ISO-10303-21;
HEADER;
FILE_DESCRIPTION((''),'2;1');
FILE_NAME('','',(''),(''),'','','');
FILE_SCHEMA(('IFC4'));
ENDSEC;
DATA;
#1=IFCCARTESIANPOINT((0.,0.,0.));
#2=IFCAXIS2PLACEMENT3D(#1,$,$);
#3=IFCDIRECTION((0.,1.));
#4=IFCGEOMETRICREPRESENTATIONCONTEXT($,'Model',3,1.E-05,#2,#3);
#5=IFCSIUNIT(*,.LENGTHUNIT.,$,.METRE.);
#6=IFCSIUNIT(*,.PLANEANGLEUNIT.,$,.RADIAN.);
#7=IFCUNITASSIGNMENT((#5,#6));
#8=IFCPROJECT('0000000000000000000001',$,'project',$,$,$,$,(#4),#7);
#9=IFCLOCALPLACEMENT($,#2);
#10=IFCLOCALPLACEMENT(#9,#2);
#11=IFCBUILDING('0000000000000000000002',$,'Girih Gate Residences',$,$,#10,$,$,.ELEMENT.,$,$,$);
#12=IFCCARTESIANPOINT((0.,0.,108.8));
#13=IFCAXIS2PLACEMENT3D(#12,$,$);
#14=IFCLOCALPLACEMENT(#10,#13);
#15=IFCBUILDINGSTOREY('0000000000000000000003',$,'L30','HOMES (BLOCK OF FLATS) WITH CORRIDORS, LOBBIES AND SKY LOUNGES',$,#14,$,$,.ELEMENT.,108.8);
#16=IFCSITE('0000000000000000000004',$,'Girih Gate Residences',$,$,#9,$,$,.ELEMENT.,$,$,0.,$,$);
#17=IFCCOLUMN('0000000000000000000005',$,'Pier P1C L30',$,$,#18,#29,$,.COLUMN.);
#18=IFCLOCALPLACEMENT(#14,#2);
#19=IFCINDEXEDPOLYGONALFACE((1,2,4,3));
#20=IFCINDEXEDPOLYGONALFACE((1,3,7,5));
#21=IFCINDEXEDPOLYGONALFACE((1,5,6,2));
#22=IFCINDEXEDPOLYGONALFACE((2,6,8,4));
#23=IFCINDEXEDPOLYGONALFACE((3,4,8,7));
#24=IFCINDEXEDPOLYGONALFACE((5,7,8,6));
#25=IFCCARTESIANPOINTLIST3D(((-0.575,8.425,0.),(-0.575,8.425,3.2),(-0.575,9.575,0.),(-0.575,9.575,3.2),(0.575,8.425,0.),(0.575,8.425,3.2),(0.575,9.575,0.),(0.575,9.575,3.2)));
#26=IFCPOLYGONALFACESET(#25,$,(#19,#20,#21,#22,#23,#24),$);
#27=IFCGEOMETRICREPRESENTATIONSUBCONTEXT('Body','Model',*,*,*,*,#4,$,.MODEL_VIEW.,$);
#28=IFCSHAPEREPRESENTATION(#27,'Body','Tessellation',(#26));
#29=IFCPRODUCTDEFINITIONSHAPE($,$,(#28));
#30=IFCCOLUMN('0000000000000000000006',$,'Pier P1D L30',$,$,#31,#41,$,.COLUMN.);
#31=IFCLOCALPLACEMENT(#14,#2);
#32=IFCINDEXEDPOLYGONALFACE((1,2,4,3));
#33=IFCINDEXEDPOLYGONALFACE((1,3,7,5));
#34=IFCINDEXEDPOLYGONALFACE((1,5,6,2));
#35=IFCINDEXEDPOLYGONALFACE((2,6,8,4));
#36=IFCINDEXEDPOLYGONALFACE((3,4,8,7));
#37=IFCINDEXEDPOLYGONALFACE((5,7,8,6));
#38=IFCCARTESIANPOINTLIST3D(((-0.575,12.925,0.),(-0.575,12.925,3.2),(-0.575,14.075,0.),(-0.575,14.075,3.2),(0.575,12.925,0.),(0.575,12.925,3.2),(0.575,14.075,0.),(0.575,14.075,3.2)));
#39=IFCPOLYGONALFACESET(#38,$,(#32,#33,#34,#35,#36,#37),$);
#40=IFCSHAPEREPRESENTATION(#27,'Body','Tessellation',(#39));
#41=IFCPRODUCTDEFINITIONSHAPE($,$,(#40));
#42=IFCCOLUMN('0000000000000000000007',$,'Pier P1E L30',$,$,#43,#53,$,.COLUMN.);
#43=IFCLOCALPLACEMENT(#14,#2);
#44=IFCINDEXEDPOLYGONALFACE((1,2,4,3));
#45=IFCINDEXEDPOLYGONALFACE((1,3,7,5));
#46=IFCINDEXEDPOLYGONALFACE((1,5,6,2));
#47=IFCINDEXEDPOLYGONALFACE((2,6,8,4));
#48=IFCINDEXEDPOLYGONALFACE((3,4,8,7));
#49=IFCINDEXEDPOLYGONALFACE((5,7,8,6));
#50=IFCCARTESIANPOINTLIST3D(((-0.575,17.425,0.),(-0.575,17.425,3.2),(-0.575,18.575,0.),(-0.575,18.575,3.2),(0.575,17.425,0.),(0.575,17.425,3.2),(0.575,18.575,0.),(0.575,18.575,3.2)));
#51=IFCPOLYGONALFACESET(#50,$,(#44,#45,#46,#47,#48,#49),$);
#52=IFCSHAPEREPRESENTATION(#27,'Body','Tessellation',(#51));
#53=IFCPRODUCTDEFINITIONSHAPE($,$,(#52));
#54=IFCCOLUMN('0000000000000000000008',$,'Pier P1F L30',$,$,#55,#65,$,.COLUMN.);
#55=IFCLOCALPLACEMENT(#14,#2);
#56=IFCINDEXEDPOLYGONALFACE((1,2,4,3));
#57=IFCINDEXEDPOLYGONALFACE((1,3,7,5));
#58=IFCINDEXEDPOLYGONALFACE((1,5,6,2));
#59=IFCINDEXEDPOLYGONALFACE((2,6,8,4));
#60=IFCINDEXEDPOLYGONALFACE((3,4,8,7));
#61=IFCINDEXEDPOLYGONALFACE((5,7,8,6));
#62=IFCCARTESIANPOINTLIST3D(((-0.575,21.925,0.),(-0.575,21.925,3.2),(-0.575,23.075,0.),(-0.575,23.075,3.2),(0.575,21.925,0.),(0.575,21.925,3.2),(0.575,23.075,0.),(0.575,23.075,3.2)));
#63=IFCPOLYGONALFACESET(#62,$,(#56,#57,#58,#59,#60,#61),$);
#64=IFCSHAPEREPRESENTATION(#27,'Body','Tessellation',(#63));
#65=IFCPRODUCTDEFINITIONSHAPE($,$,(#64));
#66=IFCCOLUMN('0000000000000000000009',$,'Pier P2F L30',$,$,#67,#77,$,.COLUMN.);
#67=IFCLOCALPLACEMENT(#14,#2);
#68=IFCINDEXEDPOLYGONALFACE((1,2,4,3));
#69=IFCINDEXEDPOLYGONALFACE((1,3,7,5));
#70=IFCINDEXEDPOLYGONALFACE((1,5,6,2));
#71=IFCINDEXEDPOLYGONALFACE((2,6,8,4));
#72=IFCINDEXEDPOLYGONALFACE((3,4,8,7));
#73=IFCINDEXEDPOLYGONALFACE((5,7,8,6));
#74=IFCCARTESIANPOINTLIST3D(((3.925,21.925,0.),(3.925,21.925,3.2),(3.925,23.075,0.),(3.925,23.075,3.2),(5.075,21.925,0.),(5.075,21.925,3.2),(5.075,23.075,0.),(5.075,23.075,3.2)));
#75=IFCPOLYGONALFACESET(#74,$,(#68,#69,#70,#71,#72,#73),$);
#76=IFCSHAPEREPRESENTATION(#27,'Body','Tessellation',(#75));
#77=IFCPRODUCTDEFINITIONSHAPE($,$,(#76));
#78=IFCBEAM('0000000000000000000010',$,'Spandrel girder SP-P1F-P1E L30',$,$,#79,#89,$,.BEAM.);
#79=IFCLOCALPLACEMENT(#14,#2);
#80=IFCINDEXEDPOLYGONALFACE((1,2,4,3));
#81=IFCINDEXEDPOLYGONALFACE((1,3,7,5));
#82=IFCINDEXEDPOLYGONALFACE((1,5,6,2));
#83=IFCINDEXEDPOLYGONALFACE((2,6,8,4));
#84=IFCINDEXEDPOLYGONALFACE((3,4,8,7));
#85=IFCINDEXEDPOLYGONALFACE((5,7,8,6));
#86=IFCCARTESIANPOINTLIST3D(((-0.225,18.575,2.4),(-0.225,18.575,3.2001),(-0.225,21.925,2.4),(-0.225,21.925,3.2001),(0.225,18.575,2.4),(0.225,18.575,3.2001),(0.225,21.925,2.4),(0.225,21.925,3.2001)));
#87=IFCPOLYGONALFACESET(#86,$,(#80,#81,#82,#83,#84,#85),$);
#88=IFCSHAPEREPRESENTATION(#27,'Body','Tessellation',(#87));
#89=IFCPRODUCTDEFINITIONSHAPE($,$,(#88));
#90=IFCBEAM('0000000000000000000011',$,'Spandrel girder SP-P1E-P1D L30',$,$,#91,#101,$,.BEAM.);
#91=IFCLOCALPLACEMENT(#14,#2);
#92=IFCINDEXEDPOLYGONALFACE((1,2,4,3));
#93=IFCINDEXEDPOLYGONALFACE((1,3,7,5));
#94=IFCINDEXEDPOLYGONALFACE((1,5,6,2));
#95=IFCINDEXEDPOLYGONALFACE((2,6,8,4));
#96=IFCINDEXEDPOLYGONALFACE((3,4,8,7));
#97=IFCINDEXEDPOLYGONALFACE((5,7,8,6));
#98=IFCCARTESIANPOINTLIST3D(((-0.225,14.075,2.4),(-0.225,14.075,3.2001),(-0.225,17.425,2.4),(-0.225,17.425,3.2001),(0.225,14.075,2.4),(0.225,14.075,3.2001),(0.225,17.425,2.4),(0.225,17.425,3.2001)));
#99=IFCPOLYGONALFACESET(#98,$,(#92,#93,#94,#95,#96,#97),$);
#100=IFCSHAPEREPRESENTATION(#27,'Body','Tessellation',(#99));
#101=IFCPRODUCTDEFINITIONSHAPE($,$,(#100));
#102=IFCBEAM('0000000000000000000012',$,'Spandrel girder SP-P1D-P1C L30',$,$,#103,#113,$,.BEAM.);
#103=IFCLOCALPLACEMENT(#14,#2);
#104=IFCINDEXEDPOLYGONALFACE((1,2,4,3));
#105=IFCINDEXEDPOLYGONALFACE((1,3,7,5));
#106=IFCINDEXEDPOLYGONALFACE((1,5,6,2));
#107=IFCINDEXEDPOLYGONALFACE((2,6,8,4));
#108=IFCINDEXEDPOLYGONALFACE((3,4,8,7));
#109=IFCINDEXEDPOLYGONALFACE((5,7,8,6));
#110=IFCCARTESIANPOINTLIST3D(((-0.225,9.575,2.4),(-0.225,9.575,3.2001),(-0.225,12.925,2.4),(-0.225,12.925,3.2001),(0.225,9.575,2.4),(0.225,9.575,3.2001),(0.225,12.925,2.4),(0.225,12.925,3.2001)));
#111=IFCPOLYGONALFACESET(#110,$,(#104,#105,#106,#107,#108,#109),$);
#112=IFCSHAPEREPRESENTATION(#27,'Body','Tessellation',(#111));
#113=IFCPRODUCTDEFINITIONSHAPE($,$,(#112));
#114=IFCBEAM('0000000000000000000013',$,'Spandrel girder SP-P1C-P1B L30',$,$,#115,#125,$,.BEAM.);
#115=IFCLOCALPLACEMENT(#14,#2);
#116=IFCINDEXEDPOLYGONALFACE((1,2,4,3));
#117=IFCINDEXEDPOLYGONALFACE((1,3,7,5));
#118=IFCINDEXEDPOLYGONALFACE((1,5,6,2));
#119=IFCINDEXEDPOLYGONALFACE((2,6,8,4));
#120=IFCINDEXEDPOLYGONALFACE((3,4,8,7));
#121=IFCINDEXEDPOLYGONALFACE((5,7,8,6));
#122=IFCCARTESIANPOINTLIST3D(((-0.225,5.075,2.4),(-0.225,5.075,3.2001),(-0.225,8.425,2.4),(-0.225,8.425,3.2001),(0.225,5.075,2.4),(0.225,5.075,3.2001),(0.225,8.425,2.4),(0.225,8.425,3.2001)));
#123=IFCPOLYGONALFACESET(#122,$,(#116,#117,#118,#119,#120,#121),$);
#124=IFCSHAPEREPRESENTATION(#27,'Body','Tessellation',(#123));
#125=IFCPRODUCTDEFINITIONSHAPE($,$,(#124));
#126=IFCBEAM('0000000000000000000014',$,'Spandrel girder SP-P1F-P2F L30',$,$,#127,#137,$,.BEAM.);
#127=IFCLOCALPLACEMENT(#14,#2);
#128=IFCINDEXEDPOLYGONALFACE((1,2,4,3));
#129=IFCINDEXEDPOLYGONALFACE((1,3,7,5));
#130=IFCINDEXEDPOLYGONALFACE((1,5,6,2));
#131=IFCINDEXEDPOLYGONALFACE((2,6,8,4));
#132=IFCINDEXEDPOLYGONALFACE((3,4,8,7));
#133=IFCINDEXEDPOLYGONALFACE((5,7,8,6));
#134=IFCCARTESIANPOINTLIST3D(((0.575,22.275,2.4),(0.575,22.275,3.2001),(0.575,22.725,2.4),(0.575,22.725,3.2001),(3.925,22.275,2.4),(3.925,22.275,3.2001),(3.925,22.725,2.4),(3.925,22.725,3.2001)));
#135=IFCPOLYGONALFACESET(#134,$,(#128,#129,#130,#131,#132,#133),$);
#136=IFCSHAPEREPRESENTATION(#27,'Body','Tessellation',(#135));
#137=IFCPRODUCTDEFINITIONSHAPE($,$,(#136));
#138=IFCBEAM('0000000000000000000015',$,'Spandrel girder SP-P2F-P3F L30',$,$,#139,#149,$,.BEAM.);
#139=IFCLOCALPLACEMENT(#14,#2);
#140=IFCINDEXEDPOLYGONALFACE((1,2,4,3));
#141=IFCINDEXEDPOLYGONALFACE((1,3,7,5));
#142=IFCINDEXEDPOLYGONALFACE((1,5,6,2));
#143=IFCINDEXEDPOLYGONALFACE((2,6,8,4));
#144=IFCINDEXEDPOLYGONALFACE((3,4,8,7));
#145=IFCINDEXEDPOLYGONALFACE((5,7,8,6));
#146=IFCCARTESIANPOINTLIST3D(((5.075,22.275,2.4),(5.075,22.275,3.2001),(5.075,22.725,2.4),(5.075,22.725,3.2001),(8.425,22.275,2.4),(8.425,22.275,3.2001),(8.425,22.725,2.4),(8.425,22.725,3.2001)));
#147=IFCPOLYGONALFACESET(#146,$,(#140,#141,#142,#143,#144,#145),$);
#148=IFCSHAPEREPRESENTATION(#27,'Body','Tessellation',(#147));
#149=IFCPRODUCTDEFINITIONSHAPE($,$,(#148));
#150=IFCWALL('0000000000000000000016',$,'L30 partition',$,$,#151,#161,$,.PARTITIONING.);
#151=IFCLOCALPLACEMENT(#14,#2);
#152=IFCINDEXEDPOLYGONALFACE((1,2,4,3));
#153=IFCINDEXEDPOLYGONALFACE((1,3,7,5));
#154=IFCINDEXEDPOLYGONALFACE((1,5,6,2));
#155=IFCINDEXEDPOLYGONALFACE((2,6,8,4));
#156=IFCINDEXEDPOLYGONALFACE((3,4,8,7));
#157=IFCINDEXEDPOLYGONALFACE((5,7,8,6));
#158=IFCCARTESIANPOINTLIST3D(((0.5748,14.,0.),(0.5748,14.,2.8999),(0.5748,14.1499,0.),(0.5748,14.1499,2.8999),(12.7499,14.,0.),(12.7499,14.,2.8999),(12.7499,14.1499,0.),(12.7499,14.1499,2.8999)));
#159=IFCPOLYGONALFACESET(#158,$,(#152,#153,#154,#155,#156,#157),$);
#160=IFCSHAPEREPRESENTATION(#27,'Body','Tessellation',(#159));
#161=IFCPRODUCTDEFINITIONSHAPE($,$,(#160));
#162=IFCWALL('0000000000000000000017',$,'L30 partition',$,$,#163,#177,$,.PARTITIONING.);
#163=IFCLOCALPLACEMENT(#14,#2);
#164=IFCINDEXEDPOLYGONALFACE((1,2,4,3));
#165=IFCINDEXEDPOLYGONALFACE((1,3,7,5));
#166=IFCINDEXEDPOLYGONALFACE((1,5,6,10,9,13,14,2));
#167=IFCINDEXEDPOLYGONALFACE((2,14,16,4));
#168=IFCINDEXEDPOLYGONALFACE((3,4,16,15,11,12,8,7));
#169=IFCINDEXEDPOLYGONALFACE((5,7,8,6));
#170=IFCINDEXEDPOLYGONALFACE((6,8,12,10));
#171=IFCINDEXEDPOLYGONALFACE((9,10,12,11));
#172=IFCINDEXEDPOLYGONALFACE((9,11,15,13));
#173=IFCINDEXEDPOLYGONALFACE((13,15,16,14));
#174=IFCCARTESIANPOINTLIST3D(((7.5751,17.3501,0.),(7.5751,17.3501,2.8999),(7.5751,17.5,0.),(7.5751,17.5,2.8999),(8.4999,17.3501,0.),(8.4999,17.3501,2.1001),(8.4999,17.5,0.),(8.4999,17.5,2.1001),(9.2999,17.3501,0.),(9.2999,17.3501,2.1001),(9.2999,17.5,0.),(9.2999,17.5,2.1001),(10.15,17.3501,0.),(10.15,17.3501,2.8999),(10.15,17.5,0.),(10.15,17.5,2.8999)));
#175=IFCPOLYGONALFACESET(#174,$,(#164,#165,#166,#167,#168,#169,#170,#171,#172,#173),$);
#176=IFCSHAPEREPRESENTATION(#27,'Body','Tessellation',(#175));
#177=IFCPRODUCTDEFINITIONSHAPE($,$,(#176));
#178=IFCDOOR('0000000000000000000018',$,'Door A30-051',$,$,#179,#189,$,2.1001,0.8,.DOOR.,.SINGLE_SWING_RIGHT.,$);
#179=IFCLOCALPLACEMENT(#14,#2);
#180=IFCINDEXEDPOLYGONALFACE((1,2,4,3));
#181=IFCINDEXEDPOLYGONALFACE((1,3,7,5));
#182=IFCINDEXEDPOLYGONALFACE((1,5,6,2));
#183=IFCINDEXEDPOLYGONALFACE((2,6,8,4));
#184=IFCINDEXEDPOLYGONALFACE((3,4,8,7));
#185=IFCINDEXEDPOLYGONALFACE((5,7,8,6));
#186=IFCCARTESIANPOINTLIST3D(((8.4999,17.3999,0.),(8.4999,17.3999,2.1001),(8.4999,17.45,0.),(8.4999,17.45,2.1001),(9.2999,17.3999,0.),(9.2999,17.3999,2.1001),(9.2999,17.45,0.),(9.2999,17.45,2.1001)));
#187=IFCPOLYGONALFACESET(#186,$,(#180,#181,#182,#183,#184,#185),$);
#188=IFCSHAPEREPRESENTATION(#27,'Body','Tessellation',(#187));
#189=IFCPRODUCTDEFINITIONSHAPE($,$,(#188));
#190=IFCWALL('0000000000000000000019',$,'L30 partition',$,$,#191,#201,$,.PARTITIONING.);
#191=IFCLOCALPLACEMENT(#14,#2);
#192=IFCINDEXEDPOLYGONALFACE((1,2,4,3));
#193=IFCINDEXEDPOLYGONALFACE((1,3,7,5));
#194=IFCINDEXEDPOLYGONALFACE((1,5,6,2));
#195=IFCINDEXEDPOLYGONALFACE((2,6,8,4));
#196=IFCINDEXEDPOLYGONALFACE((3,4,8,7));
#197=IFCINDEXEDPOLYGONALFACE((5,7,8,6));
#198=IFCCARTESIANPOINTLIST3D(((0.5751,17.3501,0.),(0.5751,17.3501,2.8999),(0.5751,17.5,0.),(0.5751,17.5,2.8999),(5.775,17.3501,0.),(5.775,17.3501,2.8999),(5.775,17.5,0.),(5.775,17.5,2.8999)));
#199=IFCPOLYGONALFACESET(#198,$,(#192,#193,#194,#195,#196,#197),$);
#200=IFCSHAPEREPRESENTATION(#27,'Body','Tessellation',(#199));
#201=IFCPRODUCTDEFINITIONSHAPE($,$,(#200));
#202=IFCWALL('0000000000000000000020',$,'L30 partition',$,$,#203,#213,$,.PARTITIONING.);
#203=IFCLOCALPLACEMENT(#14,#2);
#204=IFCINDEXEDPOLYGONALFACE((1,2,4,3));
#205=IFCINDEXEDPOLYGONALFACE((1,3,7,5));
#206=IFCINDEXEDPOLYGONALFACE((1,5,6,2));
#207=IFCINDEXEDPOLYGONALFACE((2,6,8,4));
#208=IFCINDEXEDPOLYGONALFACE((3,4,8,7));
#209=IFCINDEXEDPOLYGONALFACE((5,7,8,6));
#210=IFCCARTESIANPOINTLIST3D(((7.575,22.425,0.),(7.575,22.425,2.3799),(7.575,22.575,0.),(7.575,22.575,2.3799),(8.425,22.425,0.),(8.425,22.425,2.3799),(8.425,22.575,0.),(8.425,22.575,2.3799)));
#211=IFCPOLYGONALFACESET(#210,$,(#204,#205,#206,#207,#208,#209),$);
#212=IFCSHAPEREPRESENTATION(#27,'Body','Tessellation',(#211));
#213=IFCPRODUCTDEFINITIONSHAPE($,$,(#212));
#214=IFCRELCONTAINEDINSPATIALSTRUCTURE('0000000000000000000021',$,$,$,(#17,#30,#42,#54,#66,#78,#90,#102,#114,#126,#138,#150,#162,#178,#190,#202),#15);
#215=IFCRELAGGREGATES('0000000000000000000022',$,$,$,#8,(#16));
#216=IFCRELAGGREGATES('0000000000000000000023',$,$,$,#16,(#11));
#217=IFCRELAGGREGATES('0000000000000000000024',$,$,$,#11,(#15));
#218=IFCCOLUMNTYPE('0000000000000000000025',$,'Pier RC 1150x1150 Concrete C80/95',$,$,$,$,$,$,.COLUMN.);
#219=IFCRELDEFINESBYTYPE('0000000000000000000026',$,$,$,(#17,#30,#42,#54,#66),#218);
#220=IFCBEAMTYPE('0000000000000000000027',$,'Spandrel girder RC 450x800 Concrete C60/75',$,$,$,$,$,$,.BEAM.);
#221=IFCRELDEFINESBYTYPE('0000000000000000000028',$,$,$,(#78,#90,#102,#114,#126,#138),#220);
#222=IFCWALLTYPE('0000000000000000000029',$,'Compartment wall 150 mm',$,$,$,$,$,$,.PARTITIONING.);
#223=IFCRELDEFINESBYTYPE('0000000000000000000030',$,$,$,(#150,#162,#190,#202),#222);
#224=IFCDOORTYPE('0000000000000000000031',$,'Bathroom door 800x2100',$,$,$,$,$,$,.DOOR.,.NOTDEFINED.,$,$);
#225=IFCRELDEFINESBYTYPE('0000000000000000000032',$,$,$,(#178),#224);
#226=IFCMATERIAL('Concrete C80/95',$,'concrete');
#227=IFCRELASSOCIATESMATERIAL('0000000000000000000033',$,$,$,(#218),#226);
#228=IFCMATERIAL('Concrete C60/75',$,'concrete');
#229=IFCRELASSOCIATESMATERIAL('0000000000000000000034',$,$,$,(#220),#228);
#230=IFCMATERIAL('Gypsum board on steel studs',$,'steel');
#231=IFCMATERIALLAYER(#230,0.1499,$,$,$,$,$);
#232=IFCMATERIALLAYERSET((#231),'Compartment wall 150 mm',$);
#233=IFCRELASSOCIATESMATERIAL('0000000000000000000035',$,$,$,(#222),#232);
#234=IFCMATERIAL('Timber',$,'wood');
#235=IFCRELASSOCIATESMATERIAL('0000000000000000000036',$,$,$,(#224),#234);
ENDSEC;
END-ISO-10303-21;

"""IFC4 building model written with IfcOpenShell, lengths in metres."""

from ifc_helpers import new_model, si_unit, direction, frame, frame_2d, origin, origin_2d, place, context, subcontext, project, spatial, rectangle, extrude, material, layer, layer_set, material_profile, profile_set, type_object, element, fill, save


model = new_model("IFC4")

# Units and contexts
model_context = context("Model", 3, precision=1e-05, world=origin(), true_north=direction((0.0, 1.0)))
body_context = subcontext(model_context, "Body", "Model", "MODEL_VIEW")
ifc_project = project(units=[si_unit("LENGTHUNIT", "METRE"), si_unit("PLANEANGLEUNIT", "RADIAN")], contexts=[model_context])

# Site, building, storey
site_placement = place(None, origin())
site = spatial("IfcSite", under=ifc_project, at=site_placement, Name="Girih Gate Residences", CompositionType="ELEMENT", RefElevation=0.0)
building_placement = place(site_placement, origin())
building = spatial("IfcBuilding", under=site, at=building_placement, Name="Girih Gate Residences", CompositionType="ELEMENT")
storey_placement = place(building_placement, frame((0.0, 0.0, 108.8)))
storey = spatial("IfcBuildingStorey", under=building, at=storey_placement, Name="L30", Description="HOMES (BLOCK OF FLATS) WITH CORRIDORS, LOBBIES AND SKY LOUNGES", CompositionType="ELEMENT", Elevation=108.8)

# Columns
ifc_material_1 = material(Name="Concrete C80/95", Category="concrete")
ifc_material_profile_1 = material_profile(ifc_material_1, rectangle(XDim=1.1499, YDim=1.1499, at=origin_2d()))
ifc_profile_set_1 = profile_set([ifc_material_profile_1], Name="Concrete C80/95")
column_type = type_object("IfcColumnType", Name="Pier RC 1150x1150 Concrete C80/95", PredefinedType="COLUMN", material=ifc_profile_set_1)
for number, where, z_axis, x_axis, name in (
    (1, (0.0, 9.0, 0.0), (0.0, 0.0, 1.0), (1.0, 0.0, 0.0), "Pier P1C L30"),
    (2, (0.0, 13.5, 0.0), (0.0, 0.0, 1.0), (1.0, 0.0, 0.0), "Pier P1D L30"),
    (3, (0.0, 18.0, 0.0), (0.0, 0.0, 1.0), (1.0, 0.0, 0.0), "Pier P1E L30"),
    (4, (0.0, 22.5, 0.0), (0.0, 0.0, 1.0), (1.0, 0.0, 0.0), "Pier P1F L30"),
    (5, (4.5, 22.5, 0.0), (0.0, 0.0, 1.0), (1.0, 0.0, 0.0), "Pier P2F L30"),
):
    element("IfcColumn", number, at=place(storey_placement, frame(where, z_axis=z_axis, x_axis=x_axis)), inside=storey, type_object=column_type, Name=name, PredefinedType="COLUMN", context=body_context, shape_type="SweptSolid", body=[
        extrude(rectangle(XDim=1.1499, YDim=1.1499, at=origin_2d()), origin(), (0.0, 0.0, 1.0), 3.2),
    ])

# Beams
ifc_material_2 = material(Name="Concrete C60/75", Category="concrete")
ifc_material_profile_2 = material_profile(ifc_material_2, rectangle(XDim=0.45, YDim=0.8, at=origin_2d()))
ifc_profile_set_2 = profile_set([ifc_material_profile_2], Name="Concrete C60/75")
beam_type = type_object("IfcBeamType", Name="Spandrel girder RC 450x800 Concrete C60/75", PredefinedType="BEAM", material=ifc_profile_set_2)
for number, where, z_axis, x_axis, name in (
    (6, (0.0, 21.925, 2.8), (0.0, -1.0, 0.0), (1.0, 0.0, 0.0), "Spandrel girder SP-P1F-P1E L30"),
    (7, (0.0, 17.425, 2.8), (0.0, -1.0, 0.0), (1.0, 0.0, 0.0), "Spandrel girder SP-P1E-P1D L30"),
    (8, (0.0, 12.925, 2.8), (0.0, -1.0, 0.0), (1.0, 0.0, 0.0), "Spandrel girder SP-P1D-P1C L30"),
    (9, (0.0, 8.425, 2.8), (0.0, -1.0, 0.0), (1.0, 0.0, 0.0), "Spandrel girder SP-P1C-P1B L30"),
    (10, (0.575, 22.5, 2.8), (1.0, 0.0, 0.0), (0.0, 1.0, 0.0), "Spandrel girder SP-P1F-P2F L30"),
    (11, (5.075, 22.5, 2.8), (1.0, 0.0, 0.0), (0.0, 1.0, 0.0), "Spandrel girder SP-P2F-P3F L30"),
):
    element("IfcBeam", number, at=place(storey_placement, frame(where, z_axis=z_axis, x_axis=x_axis)), inside=storey, type_object=beam_type, Name=name, PredefinedType="BEAM", context=body_context, shape_type="SweptSolid", body=[
        extrude(rectangle(XDim=0.45, YDim=0.8, at=origin_2d()), origin(), (0.0, 0.0, 1.0), 3.3501),
    ])

# Wall
ifc_material_3 = material(Name="Gypsum board on steel studs", Category="steel")
ifc_layer_1 = layer(ifc_material_3, 0.1499)
ifc_layer_set_1 = layer_set([ifc_layer_1], Name="Compartment wall 150 mm")
wall_type_1 = type_object("IfcWallType", Name="Compartment wall 150 mm", PredefinedType="PARTITIONING", material=ifc_layer_set_1)
wall_1_placement = place(storey_placement, frame((0.575, 14.075, 0.0), z_axis=(0.0, 0.0, 1.0), x_axis=(1.0, 0.0, 0.0)))
element("IfcWall", 12, at=wall_1_placement, inside=storey, type_object=wall_type_1, Name="L30 partition", PredefinedType="PARTITIONING", context=body_context, shape_type="SweptSolid", body=[
    extrude(rectangle(XDim=12.175, YDim=0.1499, at=frame_2d((6.0874, 0.0))), origin(), (0.0, 0.0, 1.0), 2.8999),
])

# Wall, opening, door
wall_2_placement = place(storey_placement, frame((7.575, 17.425, 0.0), z_axis=(0.0, 0.0, 1.0), x_axis=(1.0, 0.0, 0.0)))
wall_2 = element("IfcWall", 13, at=wall_2_placement, inside=storey, type_object=wall_type_1, Name="L30 partition", PredefinedType="PARTITIONING", context=body_context, shape_type="SweptSolid", body=[
    extrude(rectangle(XDim=2.575, YDim=0.1499, at=frame_2d((1.2876, 0.0))), origin(), (0.0, 0.0, 1.0), 2.8999),
])
opening_1_placement = place(wall_2_placement, frame((0.925, 0.0, 0.0)))
opening_1 = element("IfcOpeningElement", 14, at=opening_1_placement, cuts=wall_2, PredefinedType="OPENING", context=body_context, shape_type="SweptSolid", body=[
    extrude(rectangle(XDim=0.8, YDim=2.1001, at=frame_2d((0.3999, 1.05))), frame((0.0, 0.085, 0.0), z_axis=(0.0, -1.0, 0.0), x_axis=(1.0, 0.0, 0.0)), (0.0, 0.0, 1.0), 0.1699),
])
ifc_material_4 = material(Name="Timber", Category="wood")
door_type_1 = type_object("IfcDoorType", Name="Bathroom door 800x2100", OperationType="NOTDEFINED", PredefinedType="DOOR", material=ifc_material_4)
door_1_placement = place(opening_1_placement, origin())
door_1 = element("IfcDoor", 15, at=door_1_placement, inside=storey, type_object=door_type_1, Name="Door A30-051", OperationType="SINGLE_SWING_RIGHT", OverallHeight=2.1001, OverallWidth=0.8, PredefinedType="DOOR", context=body_context, shape_type="SweptSolid", body=[
    extrude(rectangle(XDim=0.8, YDim=2.1001, at=frame_2d((0.3999, 1.05))), frame((0.0, 0.0249, 0.0), z_axis=(0.0, -1.0, 0.0), x_axis=(1.0, 0.0, 0.0)), (0.0, 0.0, 1.0), 0.05),
])
fill(opening_1, door_1)

# Walls
wall_3_placement = place(storey_placement, frame((0.575, 17.425, 0.0), z_axis=(0.0, 0.0, 1.0), x_axis=(1.0, 0.0, 0.0)))
element("IfcWall", 16, at=wall_3_placement, inside=storey, type_object=wall_type_1, Name="L30 partition", PredefinedType="PARTITIONING", context=body_context, shape_type="SweptSolid", body=[
    extrude(rectangle(XDim=5.2, YDim=0.1499, at=frame_2d((2.6001, 0.0))), origin(), (0.0, 0.0, 1.0), 2.8999),
])
wall_4_placement = place(storey_placement, frame((7.575, 22.5, 0.0), z_axis=(0.0, 0.0, 1.0), x_axis=(1.0, 0.0, 0.0)))
element("IfcWall", 17, at=wall_4_placement, inside=storey, type_object=wall_type_1, Name="L30 partition", PredefinedType="PARTITIONING", context=body_context, shape_type="SweptSolid", body=[
    extrude(rectangle(XDim=0.8501, YDim=0.1499, at=frame_2d((0.425, 0.0))), origin(), (0.0, 0.0, 1.0), 2.3799),
])

save(model, "model.ifc")
